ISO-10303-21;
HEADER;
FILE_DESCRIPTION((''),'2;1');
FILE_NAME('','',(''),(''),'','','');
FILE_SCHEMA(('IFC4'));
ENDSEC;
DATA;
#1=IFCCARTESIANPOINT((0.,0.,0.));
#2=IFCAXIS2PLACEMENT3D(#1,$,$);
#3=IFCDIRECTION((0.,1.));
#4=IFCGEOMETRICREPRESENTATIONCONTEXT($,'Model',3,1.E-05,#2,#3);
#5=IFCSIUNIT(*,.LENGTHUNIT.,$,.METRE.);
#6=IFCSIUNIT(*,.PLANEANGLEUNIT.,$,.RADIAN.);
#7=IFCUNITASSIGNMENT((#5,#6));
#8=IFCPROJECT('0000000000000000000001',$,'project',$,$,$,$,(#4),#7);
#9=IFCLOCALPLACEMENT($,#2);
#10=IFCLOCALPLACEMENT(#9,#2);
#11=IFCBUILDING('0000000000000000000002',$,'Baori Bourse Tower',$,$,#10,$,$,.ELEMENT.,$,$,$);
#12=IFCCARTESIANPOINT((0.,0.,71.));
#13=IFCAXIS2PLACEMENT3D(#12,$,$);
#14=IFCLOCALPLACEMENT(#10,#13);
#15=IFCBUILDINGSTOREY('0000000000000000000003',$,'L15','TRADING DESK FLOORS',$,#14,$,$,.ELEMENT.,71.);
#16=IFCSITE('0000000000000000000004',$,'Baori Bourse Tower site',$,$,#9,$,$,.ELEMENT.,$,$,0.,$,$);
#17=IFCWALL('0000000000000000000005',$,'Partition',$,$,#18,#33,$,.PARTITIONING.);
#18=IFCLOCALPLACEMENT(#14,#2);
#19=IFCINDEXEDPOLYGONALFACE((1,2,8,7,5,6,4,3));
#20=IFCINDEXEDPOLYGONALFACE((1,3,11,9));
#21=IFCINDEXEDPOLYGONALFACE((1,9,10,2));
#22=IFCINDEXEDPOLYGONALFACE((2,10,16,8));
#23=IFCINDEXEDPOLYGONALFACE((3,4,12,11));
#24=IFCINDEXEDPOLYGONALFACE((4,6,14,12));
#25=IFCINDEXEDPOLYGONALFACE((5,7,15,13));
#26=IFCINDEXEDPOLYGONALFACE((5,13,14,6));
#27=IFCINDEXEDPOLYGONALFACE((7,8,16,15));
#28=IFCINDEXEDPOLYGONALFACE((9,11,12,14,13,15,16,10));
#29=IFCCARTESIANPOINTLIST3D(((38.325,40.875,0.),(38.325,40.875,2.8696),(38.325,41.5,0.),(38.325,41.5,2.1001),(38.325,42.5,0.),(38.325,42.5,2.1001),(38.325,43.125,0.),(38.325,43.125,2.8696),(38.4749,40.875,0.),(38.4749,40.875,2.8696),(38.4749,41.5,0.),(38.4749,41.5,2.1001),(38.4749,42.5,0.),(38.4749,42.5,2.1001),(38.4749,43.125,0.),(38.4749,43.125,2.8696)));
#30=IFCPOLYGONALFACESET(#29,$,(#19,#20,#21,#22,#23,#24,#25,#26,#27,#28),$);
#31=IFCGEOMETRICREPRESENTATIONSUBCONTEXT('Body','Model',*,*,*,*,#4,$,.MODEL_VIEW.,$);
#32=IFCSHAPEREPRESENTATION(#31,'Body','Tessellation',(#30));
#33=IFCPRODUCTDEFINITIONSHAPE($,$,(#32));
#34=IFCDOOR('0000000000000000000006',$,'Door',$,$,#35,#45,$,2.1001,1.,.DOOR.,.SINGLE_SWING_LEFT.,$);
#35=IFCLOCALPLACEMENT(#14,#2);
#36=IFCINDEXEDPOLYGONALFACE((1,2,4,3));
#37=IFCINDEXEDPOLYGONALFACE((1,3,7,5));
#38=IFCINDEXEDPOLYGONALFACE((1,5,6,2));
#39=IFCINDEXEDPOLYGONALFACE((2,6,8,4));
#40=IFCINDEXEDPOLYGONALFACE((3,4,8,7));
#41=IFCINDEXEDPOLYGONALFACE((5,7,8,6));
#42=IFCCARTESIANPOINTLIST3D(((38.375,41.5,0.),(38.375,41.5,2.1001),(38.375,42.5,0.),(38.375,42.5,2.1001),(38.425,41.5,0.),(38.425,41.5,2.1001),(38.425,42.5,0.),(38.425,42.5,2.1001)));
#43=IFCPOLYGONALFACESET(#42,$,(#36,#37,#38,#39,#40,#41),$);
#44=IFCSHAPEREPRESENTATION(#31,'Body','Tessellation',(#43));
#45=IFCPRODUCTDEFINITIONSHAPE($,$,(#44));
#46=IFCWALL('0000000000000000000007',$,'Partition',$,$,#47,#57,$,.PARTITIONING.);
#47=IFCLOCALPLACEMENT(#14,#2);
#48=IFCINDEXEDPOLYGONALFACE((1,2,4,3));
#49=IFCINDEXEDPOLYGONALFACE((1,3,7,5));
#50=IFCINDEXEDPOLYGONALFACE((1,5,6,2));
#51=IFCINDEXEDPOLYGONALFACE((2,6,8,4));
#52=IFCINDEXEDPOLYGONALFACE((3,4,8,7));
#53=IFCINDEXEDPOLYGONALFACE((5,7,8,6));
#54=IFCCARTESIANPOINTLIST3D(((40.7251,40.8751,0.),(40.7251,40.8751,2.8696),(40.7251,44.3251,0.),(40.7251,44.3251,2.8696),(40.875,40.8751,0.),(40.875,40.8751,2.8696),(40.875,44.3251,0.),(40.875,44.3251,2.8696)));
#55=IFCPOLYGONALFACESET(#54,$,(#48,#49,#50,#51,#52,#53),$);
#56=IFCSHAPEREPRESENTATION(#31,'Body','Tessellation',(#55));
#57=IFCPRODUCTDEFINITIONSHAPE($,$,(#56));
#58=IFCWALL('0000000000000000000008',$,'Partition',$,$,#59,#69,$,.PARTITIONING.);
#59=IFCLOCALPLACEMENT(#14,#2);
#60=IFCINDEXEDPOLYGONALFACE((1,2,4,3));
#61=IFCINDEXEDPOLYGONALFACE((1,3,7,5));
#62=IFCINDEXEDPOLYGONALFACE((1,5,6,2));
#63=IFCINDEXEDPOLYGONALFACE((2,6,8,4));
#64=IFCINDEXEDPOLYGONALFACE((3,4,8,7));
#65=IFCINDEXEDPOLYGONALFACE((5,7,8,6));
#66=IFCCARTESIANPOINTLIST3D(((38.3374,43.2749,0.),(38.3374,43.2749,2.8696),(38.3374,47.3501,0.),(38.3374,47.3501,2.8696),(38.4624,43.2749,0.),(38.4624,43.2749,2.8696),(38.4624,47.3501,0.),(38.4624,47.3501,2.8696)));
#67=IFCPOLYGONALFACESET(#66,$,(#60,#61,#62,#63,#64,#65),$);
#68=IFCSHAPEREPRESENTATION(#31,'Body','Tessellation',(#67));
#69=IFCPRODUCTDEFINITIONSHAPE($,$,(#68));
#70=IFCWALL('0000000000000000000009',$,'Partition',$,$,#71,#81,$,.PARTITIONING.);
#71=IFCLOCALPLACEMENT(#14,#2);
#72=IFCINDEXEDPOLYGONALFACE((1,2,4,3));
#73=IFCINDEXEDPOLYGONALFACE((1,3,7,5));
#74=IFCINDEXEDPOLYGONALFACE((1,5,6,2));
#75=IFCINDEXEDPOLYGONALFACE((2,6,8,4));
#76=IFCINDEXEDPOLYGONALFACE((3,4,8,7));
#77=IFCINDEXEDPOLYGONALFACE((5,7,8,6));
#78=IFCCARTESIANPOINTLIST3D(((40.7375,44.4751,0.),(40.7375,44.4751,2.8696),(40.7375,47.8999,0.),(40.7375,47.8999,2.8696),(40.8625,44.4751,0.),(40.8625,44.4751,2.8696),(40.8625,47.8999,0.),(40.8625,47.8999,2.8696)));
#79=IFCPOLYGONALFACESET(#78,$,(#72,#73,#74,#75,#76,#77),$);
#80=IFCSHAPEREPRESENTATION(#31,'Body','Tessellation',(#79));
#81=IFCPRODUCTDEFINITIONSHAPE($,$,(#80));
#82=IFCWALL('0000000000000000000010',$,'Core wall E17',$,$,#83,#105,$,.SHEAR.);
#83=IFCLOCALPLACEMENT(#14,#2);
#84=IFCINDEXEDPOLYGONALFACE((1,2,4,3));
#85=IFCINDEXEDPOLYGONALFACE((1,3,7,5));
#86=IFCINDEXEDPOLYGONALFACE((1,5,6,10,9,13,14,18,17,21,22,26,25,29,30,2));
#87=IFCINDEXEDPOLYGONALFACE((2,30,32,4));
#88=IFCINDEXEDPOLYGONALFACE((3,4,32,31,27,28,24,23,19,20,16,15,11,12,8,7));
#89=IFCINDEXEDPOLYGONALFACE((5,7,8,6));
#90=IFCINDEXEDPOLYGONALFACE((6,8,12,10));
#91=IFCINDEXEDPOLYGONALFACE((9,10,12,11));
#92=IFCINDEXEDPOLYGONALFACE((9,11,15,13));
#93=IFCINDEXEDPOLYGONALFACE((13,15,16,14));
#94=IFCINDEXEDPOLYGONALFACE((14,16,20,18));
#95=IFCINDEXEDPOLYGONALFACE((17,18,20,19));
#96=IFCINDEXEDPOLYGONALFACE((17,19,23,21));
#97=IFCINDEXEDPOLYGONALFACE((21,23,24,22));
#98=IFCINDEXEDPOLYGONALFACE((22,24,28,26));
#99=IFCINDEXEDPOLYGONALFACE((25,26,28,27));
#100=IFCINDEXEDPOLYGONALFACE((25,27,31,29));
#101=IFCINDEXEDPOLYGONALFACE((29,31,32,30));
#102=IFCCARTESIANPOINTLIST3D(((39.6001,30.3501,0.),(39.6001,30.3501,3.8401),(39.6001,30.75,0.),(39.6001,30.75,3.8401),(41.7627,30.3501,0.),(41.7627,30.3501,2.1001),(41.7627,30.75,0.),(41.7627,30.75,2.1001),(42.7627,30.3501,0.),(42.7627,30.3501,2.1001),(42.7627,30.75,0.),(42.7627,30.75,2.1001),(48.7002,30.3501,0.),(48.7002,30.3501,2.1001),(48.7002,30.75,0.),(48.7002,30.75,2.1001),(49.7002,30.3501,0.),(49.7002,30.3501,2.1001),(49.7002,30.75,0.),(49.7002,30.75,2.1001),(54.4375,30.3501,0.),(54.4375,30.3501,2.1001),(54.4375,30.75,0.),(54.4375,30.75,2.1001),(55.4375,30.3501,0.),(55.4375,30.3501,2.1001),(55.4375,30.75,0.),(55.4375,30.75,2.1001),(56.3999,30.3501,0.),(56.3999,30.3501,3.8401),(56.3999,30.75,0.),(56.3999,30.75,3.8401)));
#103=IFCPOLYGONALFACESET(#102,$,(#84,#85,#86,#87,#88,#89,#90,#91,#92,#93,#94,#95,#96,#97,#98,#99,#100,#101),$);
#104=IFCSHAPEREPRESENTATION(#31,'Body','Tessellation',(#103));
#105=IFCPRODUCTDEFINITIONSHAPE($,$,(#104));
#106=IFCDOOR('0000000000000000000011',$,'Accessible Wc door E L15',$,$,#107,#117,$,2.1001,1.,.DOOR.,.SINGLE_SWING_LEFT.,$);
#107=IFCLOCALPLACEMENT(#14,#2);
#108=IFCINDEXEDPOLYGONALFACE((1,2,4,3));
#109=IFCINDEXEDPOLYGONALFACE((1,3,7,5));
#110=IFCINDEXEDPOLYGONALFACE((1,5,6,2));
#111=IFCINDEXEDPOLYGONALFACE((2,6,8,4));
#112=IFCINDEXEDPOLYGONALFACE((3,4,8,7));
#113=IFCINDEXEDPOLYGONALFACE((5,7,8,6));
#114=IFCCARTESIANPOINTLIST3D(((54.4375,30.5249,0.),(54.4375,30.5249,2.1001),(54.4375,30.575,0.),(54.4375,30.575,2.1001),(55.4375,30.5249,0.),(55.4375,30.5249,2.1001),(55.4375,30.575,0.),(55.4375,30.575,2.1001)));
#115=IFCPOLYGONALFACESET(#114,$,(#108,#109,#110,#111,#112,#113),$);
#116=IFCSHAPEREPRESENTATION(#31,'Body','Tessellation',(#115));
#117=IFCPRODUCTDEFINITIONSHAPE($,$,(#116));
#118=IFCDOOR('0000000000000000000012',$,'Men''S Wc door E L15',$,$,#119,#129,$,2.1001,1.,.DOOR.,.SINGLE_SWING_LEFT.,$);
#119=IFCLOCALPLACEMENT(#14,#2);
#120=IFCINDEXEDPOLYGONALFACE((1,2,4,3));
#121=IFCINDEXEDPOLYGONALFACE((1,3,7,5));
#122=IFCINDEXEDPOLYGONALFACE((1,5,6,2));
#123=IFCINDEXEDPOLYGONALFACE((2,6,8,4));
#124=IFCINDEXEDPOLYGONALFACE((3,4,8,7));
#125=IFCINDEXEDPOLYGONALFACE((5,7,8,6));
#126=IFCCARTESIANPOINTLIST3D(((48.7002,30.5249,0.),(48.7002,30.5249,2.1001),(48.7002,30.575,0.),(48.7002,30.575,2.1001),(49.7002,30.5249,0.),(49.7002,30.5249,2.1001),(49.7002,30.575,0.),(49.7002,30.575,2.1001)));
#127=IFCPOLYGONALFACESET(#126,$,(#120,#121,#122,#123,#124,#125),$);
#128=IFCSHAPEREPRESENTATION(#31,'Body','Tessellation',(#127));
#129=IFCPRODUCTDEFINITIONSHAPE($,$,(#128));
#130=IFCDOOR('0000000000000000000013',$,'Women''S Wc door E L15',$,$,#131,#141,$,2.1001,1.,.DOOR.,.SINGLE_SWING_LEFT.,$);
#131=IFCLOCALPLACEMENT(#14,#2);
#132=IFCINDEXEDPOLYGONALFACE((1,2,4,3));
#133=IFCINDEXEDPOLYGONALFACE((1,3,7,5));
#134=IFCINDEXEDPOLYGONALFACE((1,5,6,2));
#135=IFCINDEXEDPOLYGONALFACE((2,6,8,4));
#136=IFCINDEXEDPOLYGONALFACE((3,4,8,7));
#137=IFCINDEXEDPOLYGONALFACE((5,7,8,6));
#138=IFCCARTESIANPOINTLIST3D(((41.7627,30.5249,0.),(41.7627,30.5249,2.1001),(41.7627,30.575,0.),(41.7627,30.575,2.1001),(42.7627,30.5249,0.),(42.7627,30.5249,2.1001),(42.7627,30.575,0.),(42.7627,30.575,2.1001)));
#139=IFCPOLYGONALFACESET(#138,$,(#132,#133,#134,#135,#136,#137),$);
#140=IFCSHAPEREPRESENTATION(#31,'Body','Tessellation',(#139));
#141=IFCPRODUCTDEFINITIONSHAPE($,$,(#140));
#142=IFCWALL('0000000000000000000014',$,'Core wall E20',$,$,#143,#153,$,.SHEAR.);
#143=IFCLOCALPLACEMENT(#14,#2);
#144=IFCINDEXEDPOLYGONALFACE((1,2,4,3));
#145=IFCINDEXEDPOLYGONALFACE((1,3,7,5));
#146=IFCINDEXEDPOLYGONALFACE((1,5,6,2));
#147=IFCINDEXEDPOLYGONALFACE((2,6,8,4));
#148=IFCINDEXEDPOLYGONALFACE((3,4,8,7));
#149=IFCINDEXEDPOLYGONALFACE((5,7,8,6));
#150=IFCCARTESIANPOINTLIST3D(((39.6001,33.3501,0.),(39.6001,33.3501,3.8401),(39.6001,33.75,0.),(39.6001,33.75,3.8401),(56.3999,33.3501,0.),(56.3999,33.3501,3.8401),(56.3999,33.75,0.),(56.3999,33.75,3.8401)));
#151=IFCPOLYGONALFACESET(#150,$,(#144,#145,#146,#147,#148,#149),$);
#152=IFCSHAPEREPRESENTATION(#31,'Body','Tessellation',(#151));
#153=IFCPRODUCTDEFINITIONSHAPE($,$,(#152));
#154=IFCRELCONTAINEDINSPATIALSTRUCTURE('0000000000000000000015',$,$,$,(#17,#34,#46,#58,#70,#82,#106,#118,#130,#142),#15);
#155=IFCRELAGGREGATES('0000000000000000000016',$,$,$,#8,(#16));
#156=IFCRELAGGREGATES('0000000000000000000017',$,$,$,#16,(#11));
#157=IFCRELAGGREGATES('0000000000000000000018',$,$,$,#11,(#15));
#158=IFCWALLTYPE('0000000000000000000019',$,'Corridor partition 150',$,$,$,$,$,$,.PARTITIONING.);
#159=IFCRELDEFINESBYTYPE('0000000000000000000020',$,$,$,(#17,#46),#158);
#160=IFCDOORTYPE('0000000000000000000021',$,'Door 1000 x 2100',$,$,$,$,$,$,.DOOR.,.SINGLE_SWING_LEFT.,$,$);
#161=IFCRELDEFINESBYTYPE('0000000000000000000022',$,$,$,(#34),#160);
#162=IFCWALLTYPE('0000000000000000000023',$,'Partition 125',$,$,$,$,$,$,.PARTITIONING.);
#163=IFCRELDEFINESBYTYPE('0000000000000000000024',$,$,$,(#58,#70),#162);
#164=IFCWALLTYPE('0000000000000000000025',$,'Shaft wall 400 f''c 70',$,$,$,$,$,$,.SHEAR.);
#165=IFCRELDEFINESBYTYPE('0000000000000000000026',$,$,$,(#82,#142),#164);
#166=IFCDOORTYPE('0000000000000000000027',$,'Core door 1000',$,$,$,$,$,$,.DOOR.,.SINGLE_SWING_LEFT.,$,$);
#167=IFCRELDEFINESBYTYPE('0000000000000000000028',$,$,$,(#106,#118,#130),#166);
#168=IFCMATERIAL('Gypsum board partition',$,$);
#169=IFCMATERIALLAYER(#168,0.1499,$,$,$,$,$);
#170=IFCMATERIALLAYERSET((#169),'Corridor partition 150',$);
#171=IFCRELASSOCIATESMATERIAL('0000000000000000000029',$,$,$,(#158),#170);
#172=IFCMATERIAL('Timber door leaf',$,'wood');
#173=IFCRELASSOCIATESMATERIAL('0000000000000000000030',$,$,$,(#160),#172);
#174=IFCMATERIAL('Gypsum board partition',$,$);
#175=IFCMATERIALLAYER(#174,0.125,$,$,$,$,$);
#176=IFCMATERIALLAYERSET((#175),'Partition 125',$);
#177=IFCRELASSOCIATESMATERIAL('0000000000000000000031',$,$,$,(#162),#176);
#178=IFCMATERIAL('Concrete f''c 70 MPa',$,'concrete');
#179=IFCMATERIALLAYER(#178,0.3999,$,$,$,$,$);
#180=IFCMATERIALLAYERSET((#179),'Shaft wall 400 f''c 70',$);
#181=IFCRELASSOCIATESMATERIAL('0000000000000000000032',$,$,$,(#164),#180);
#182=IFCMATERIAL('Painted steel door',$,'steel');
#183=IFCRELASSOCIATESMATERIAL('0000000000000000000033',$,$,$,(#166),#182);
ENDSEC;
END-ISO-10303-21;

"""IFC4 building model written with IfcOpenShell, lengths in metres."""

from ifc_helpers import new_model, si_unit, direction, frame, frame_2d, origin, place, context, subcontext, project, spatial, rectangle, extrude, material, layer, layer_set, type_object, element, fill, save


model = new_model("IFC4")

# Units and contexts
model_context = context("Model", 3, precision=1e-05, world=origin(), true_north=direction((0.0, 1.0)))
body_context = subcontext(model_context, "Body", "Model", "MODEL_VIEW")
ifc_project = project(units=[si_unit("LENGTHUNIT", "METRE"), si_unit("PLANEANGLEUNIT", "RADIAN")], contexts=[model_context])

# Site, building, storey
site_placement = place(None, origin())
site = spatial("IfcSite", under=ifc_project, at=site_placement, Name="Baori Bourse Tower site", CompositionType="ELEMENT", RefElevation=0.0)
building_placement = place(site_placement, origin())
building = spatial("IfcBuilding", under=site, at=building_placement, Name="Baori Bourse Tower", CompositionType="ELEMENT")
storey_placement = place(building_placement, frame((0.0, 0.0, 71.0)))
storey = spatial("IfcBuildingStorey", under=building, at=storey_placement, Name="L15", Description="TRADING DESK FLOORS", CompositionType="ELEMENT", Elevation=71.0)

# Shared definitions
ifc_material_1 = material(Name="Gypsum board partition")
ifc_layer_1 = layer(ifc_material_1, 0.1499)
ifc_layer_set_1 = layer_set([ifc_layer_1], Name="Corridor partition 150")
wall_type_1 = type_object("IfcWallType", Name="Corridor partition 150", PredefinedType="PARTITIONING", material=ifc_layer_set_1)
ifc_material_2 = material(Name="Timber door leaf", Category="wood")
door_type_1 = type_object("IfcDoorType", Name="Door 1000 x 2100", OperationType="SINGLE_SWING_LEFT", PredefinedType="DOOR", material=ifc_material_2)

# Wall, opening, door
wall_1_placement = place(storey_placement, frame((38.3999, 40.875, 0.0), z_axis=(0.0, 0.0, 1.0), x_axis=(0.0, 1.0, 0.0)))
wall_1 = element("IfcWall", 1, at=wall_1_placement, inside=storey, type_object=wall_type_1, Name="Partition", PredefinedType="PARTITIONING", context=body_context, shape_type="SweptSolid", body=[
    extrude(rectangle(XDim=2.25, YDim=0.1499, at=frame_2d((1.125, 0.0))), origin(), (0.0, 0.0, 1.0), 2.8696),
])
opening_1_placement = place(wall_1_placement, frame((0.625, 0.0, 0.0)))
opening_1 = element("IfcOpeningElement", 2, at=opening_1_placement, cuts=wall_1, PredefinedType="OPENING", context=body_context, shape_type="SweptSolid", body=[
    extrude(rectangle(XDim=1.0, YDim=2.1001, at=frame_2d((0.5, 1.05))), frame((0.0, 0.085, 0.0), z_axis=(0.0, -1.0, 0.0), x_axis=(1.0, 0.0, 0.0)), (0.0, 0.0, 1.0), 0.1699),
])
door_1_placement = place(opening_1_placement, origin())
door_1 = element("IfcDoor", 3, at=door_1_placement, inside=storey, type_object=door_type_1, Name="Door", OperationType="SINGLE_SWING_LEFT", OverallHeight=2.1001, OverallWidth=1.0, PredefinedType="DOOR", context=body_context, shape_type="SweptSolid", body=[
    extrude(rectangle(XDim=1.0, YDim=2.1001, at=frame_2d((0.5, 1.05))), frame((0.0, 0.0249, 0.0), z_axis=(0.0, -1.0, 0.0), x_axis=(1.0, 0.0, 0.0)), (0.0, 0.0, 1.0), 0.05),
])
fill(opening_1, door_1)

# Walls
wall_2_placement = place(storey_placement, frame((40.8, 40.875, 0.0), z_axis=(0.0, 0.0, 1.0), x_axis=(0.0, 1.0, 0.0)))
element("IfcWall", 4, at=wall_2_placement, inside=storey, type_object=wall_type_1, Name="Partition", PredefinedType="PARTITIONING", context=body_context, shape_type="SweptSolid", body=[
    extrude(rectangle(XDim=3.45, YDim=0.1499, at=frame_2d((1.7251, 0.0))), origin(), (0.0, 0.0, 1.0), 2.8696),
])
ifc_material_3 = material(Name="Gypsum board partition")
ifc_layer_2 = layer(ifc_material_3, 0.125)
ifc_layer_set_2 = layer_set([ifc_layer_2], Name="Partition 125")
wall_type_2 = type_object("IfcWallType", Name="Partition 125", PredefinedType="PARTITIONING", material=ifc_layer_set_2)
wall_3_placement = place(storey_placement, frame((38.3999, 43.2749, 0.0), z_axis=(0.0, 0.0, 1.0), x_axis=(0.0, 1.0, 0.0)))
element("IfcWall", 5, at=wall_3_placement, inside=storey, type_object=wall_type_2, Name="Partition", PredefinedType="PARTITIONING", context=body_context, shape_type="SweptSolid", body=[
    extrude(rectangle(XDim=4.0752, YDim=0.125, at=frame_2d((2.0376, 0.0))), origin(), (0.0, 0.0, 1.0), 2.8696),
])
wall_4_placement = place(storey_placement, frame((40.8, 44.4751, 0.0), z_axis=(0.0, 0.0, 1.0), x_axis=(0.0, 1.0, 0.0)))
element("IfcWall", 6, at=wall_4_placement, inside=storey, type_object=wall_type_2, Name="Partition", PredefinedType="PARTITIONING", context=body_context, shape_type="SweptSolid", body=[
    extrude(rectangle(XDim=3.4248, YDim=0.125, at=frame_2d((1.7124, 0.0))), origin(), (0.0, 0.0, 1.0), 2.8696),
])

# Wall, openings, doors
ifc_material_4 = material(Name="Concrete f'c 70 MPa", Category="concrete")
ifc_layer_3 = layer(ifc_material_4, 0.3999)
ifc_layer_set_3 = layer_set([ifc_layer_3], Name="Shaft wall 400 f'c 70")
wall_type_3 = type_object("IfcWallType", Name="Shaft wall 400 f'c 70", PredefinedType="SHEAR", material=ifc_layer_set_3)
wall_5_placement = place(storey_placement, frame((39.6001, 30.55, 0.0), z_axis=(0.0, 0.0, 1.0), x_axis=(1.0, 0.0, 0.0)))
wall_5 = element("IfcWall", 7, at=wall_5_placement, inside=storey, type_object=wall_type_3, Name="Core wall E17", PredefinedType="SHEAR", context=body_context, shape_type="SweptSolid", body=[
    extrude(rectangle(XDim=16.7998, YDim=0.3999, at=frame_2d((8.3999, 0.0))), origin(), (0.0, 0.0, 1.0), 3.8401),
])
opening_2_placement = place(wall_5_placement, frame((14.8374, 0.0, 0.0)))
opening_2 = element("IfcOpeningElement", 8, at=opening_2_placement, cuts=wall_5, PredefinedType="OPENING", context=body_context, shape_type="SweptSolid", body=[
    extrude(rectangle(XDim=1.0, YDim=2.1001, at=frame_2d((0.5, 1.05))), frame((0.0, 0.21, 0.0), z_axis=(0.0, -1.0, 0.0), x_axis=(1.0, 0.0, 0.0)), (0.0, 0.0, 1.0), 0.4199),
])
opening_3_placement = place(wall_5_placement, frame((9.1001, 0.0, 0.0)))
opening_3 = element("IfcOpeningElement", 9, at=opening_3_placement, cuts=wall_5, PredefinedType="OPENING", context=body_context, shape_type="SweptSolid", body=[
    extrude(rectangle(XDim=1.0, YDim=2.1001, at=frame_2d((0.5, 1.05))), frame((0.0, 0.21, 0.0), z_axis=(0.0, -1.0, 0.0), x_axis=(1.0, 0.0, 0.0)), (0.0, 0.0, 1.0), 0.4199),
])
opening_4_placement = place(wall_5_placement, frame((2.1626, 0.0, 0.0)))
opening_4 = element("IfcOpeningElement", 10, at=opening_4_placement, cuts=wall_5, PredefinedType="OPENING", context=body_context, shape_type="SweptSolid", body=[
    extrude(rectangle(XDim=1.0, YDim=2.1001, at=frame_2d((0.5, 1.05))), frame((0.0, 0.21, 0.0), z_axis=(0.0, -1.0, 0.0), x_axis=(1.0, 0.0, 0.0)), (0.0, 0.0, 1.0), 0.4199),
])
ifc_material_5 = material(Name="Painted steel door", Category="steel")
door_type_2 = type_object("IfcDoorType", Name="Core door 1000", OperationType="SINGLE_SWING_LEFT", PredefinedType="DOOR", material=ifc_material_5)
door_2_placement = place(opening_2_placement, origin())
door_2 = element("IfcDoor", 11, at=door_2_placement, inside=storey, type_object=door_type_2, Name="Accessible Wc door E L15", OperationType="SINGLE_SWING_LEFT", OverallHeight=2.1001, OverallWidth=1.0, PredefinedType="DOOR", context=body_context, shape_type="SweptSolid", body=[
    extrude(rectangle(XDim=1.0, YDim=2.1001, at=frame_2d((0.5, 1.05))), frame((0.0, 0.0249, 0.0), z_axis=(0.0, -1.0, 0.0), x_axis=(1.0, 0.0, 0.0)), (0.0, 0.0, 1.0), 0.05),
])
fill(opening_2, door_2)
door_3_placement = place(opening_3_placement, origin())
door_3 = element("IfcDoor", 12, at=door_3_placement, inside=storey, type_object=door_type_2, Name="Men'S Wc door E L15", OperationType="SINGLE_SWING_LEFT", OverallHeight=2.1001, OverallWidth=1.0, PredefinedType="DOOR", context=body_context, shape_type="SweptSolid", body=[
    extrude(rectangle(XDim=1.0, YDim=2.1001, at=frame_2d((0.5, 1.05))), frame((0.0, 0.0249, 0.0), z_axis=(0.0, -1.0, 0.0), x_axis=(1.0, 0.0, 0.0)), (0.0, 0.0, 1.0), 0.05),
])
fill(opening_3, door_3)
door_4_placement = place(opening_4_placement, origin())
door_4 = element("IfcDoor", 13, at=door_4_placement, inside=storey, type_object=door_type_2, Name="Women'S Wc door E L15", OperationType="SINGLE_SWING_LEFT", OverallHeight=2.1001, OverallWidth=1.0, PredefinedType="DOOR", context=body_context, shape_type="SweptSolid", body=[
    extrude(rectangle(XDim=1.0, YDim=2.1001, at=frame_2d((0.5, 1.05))), frame((0.0, 0.0249, 0.0), z_axis=(0.0, -1.0, 0.0), x_axis=(1.0, 0.0, 0.0)), (0.0, 0.0, 1.0), 0.05),
])
fill(opening_4, door_4)

# Wall
wall_6_placement = place(storey_placement, frame((39.6001, 33.55, 0.0), z_axis=(0.0, 0.0, 1.0), x_axis=(1.0, 0.0, 0.0)))
element("IfcWall", 14, at=wall_6_placement, inside=storey, type_object=wall_type_3, Name="Core wall E20", PredefinedType="SHEAR", context=body_context, shape_type="SweptSolid", body=[
    extrude(rectangle(XDim=16.7998, YDim=0.3999, at=frame_2d((8.3999, 0.0))), origin(), (0.0, 0.0, 1.0), 3.8401),
])

save(model, "model.ifc")
